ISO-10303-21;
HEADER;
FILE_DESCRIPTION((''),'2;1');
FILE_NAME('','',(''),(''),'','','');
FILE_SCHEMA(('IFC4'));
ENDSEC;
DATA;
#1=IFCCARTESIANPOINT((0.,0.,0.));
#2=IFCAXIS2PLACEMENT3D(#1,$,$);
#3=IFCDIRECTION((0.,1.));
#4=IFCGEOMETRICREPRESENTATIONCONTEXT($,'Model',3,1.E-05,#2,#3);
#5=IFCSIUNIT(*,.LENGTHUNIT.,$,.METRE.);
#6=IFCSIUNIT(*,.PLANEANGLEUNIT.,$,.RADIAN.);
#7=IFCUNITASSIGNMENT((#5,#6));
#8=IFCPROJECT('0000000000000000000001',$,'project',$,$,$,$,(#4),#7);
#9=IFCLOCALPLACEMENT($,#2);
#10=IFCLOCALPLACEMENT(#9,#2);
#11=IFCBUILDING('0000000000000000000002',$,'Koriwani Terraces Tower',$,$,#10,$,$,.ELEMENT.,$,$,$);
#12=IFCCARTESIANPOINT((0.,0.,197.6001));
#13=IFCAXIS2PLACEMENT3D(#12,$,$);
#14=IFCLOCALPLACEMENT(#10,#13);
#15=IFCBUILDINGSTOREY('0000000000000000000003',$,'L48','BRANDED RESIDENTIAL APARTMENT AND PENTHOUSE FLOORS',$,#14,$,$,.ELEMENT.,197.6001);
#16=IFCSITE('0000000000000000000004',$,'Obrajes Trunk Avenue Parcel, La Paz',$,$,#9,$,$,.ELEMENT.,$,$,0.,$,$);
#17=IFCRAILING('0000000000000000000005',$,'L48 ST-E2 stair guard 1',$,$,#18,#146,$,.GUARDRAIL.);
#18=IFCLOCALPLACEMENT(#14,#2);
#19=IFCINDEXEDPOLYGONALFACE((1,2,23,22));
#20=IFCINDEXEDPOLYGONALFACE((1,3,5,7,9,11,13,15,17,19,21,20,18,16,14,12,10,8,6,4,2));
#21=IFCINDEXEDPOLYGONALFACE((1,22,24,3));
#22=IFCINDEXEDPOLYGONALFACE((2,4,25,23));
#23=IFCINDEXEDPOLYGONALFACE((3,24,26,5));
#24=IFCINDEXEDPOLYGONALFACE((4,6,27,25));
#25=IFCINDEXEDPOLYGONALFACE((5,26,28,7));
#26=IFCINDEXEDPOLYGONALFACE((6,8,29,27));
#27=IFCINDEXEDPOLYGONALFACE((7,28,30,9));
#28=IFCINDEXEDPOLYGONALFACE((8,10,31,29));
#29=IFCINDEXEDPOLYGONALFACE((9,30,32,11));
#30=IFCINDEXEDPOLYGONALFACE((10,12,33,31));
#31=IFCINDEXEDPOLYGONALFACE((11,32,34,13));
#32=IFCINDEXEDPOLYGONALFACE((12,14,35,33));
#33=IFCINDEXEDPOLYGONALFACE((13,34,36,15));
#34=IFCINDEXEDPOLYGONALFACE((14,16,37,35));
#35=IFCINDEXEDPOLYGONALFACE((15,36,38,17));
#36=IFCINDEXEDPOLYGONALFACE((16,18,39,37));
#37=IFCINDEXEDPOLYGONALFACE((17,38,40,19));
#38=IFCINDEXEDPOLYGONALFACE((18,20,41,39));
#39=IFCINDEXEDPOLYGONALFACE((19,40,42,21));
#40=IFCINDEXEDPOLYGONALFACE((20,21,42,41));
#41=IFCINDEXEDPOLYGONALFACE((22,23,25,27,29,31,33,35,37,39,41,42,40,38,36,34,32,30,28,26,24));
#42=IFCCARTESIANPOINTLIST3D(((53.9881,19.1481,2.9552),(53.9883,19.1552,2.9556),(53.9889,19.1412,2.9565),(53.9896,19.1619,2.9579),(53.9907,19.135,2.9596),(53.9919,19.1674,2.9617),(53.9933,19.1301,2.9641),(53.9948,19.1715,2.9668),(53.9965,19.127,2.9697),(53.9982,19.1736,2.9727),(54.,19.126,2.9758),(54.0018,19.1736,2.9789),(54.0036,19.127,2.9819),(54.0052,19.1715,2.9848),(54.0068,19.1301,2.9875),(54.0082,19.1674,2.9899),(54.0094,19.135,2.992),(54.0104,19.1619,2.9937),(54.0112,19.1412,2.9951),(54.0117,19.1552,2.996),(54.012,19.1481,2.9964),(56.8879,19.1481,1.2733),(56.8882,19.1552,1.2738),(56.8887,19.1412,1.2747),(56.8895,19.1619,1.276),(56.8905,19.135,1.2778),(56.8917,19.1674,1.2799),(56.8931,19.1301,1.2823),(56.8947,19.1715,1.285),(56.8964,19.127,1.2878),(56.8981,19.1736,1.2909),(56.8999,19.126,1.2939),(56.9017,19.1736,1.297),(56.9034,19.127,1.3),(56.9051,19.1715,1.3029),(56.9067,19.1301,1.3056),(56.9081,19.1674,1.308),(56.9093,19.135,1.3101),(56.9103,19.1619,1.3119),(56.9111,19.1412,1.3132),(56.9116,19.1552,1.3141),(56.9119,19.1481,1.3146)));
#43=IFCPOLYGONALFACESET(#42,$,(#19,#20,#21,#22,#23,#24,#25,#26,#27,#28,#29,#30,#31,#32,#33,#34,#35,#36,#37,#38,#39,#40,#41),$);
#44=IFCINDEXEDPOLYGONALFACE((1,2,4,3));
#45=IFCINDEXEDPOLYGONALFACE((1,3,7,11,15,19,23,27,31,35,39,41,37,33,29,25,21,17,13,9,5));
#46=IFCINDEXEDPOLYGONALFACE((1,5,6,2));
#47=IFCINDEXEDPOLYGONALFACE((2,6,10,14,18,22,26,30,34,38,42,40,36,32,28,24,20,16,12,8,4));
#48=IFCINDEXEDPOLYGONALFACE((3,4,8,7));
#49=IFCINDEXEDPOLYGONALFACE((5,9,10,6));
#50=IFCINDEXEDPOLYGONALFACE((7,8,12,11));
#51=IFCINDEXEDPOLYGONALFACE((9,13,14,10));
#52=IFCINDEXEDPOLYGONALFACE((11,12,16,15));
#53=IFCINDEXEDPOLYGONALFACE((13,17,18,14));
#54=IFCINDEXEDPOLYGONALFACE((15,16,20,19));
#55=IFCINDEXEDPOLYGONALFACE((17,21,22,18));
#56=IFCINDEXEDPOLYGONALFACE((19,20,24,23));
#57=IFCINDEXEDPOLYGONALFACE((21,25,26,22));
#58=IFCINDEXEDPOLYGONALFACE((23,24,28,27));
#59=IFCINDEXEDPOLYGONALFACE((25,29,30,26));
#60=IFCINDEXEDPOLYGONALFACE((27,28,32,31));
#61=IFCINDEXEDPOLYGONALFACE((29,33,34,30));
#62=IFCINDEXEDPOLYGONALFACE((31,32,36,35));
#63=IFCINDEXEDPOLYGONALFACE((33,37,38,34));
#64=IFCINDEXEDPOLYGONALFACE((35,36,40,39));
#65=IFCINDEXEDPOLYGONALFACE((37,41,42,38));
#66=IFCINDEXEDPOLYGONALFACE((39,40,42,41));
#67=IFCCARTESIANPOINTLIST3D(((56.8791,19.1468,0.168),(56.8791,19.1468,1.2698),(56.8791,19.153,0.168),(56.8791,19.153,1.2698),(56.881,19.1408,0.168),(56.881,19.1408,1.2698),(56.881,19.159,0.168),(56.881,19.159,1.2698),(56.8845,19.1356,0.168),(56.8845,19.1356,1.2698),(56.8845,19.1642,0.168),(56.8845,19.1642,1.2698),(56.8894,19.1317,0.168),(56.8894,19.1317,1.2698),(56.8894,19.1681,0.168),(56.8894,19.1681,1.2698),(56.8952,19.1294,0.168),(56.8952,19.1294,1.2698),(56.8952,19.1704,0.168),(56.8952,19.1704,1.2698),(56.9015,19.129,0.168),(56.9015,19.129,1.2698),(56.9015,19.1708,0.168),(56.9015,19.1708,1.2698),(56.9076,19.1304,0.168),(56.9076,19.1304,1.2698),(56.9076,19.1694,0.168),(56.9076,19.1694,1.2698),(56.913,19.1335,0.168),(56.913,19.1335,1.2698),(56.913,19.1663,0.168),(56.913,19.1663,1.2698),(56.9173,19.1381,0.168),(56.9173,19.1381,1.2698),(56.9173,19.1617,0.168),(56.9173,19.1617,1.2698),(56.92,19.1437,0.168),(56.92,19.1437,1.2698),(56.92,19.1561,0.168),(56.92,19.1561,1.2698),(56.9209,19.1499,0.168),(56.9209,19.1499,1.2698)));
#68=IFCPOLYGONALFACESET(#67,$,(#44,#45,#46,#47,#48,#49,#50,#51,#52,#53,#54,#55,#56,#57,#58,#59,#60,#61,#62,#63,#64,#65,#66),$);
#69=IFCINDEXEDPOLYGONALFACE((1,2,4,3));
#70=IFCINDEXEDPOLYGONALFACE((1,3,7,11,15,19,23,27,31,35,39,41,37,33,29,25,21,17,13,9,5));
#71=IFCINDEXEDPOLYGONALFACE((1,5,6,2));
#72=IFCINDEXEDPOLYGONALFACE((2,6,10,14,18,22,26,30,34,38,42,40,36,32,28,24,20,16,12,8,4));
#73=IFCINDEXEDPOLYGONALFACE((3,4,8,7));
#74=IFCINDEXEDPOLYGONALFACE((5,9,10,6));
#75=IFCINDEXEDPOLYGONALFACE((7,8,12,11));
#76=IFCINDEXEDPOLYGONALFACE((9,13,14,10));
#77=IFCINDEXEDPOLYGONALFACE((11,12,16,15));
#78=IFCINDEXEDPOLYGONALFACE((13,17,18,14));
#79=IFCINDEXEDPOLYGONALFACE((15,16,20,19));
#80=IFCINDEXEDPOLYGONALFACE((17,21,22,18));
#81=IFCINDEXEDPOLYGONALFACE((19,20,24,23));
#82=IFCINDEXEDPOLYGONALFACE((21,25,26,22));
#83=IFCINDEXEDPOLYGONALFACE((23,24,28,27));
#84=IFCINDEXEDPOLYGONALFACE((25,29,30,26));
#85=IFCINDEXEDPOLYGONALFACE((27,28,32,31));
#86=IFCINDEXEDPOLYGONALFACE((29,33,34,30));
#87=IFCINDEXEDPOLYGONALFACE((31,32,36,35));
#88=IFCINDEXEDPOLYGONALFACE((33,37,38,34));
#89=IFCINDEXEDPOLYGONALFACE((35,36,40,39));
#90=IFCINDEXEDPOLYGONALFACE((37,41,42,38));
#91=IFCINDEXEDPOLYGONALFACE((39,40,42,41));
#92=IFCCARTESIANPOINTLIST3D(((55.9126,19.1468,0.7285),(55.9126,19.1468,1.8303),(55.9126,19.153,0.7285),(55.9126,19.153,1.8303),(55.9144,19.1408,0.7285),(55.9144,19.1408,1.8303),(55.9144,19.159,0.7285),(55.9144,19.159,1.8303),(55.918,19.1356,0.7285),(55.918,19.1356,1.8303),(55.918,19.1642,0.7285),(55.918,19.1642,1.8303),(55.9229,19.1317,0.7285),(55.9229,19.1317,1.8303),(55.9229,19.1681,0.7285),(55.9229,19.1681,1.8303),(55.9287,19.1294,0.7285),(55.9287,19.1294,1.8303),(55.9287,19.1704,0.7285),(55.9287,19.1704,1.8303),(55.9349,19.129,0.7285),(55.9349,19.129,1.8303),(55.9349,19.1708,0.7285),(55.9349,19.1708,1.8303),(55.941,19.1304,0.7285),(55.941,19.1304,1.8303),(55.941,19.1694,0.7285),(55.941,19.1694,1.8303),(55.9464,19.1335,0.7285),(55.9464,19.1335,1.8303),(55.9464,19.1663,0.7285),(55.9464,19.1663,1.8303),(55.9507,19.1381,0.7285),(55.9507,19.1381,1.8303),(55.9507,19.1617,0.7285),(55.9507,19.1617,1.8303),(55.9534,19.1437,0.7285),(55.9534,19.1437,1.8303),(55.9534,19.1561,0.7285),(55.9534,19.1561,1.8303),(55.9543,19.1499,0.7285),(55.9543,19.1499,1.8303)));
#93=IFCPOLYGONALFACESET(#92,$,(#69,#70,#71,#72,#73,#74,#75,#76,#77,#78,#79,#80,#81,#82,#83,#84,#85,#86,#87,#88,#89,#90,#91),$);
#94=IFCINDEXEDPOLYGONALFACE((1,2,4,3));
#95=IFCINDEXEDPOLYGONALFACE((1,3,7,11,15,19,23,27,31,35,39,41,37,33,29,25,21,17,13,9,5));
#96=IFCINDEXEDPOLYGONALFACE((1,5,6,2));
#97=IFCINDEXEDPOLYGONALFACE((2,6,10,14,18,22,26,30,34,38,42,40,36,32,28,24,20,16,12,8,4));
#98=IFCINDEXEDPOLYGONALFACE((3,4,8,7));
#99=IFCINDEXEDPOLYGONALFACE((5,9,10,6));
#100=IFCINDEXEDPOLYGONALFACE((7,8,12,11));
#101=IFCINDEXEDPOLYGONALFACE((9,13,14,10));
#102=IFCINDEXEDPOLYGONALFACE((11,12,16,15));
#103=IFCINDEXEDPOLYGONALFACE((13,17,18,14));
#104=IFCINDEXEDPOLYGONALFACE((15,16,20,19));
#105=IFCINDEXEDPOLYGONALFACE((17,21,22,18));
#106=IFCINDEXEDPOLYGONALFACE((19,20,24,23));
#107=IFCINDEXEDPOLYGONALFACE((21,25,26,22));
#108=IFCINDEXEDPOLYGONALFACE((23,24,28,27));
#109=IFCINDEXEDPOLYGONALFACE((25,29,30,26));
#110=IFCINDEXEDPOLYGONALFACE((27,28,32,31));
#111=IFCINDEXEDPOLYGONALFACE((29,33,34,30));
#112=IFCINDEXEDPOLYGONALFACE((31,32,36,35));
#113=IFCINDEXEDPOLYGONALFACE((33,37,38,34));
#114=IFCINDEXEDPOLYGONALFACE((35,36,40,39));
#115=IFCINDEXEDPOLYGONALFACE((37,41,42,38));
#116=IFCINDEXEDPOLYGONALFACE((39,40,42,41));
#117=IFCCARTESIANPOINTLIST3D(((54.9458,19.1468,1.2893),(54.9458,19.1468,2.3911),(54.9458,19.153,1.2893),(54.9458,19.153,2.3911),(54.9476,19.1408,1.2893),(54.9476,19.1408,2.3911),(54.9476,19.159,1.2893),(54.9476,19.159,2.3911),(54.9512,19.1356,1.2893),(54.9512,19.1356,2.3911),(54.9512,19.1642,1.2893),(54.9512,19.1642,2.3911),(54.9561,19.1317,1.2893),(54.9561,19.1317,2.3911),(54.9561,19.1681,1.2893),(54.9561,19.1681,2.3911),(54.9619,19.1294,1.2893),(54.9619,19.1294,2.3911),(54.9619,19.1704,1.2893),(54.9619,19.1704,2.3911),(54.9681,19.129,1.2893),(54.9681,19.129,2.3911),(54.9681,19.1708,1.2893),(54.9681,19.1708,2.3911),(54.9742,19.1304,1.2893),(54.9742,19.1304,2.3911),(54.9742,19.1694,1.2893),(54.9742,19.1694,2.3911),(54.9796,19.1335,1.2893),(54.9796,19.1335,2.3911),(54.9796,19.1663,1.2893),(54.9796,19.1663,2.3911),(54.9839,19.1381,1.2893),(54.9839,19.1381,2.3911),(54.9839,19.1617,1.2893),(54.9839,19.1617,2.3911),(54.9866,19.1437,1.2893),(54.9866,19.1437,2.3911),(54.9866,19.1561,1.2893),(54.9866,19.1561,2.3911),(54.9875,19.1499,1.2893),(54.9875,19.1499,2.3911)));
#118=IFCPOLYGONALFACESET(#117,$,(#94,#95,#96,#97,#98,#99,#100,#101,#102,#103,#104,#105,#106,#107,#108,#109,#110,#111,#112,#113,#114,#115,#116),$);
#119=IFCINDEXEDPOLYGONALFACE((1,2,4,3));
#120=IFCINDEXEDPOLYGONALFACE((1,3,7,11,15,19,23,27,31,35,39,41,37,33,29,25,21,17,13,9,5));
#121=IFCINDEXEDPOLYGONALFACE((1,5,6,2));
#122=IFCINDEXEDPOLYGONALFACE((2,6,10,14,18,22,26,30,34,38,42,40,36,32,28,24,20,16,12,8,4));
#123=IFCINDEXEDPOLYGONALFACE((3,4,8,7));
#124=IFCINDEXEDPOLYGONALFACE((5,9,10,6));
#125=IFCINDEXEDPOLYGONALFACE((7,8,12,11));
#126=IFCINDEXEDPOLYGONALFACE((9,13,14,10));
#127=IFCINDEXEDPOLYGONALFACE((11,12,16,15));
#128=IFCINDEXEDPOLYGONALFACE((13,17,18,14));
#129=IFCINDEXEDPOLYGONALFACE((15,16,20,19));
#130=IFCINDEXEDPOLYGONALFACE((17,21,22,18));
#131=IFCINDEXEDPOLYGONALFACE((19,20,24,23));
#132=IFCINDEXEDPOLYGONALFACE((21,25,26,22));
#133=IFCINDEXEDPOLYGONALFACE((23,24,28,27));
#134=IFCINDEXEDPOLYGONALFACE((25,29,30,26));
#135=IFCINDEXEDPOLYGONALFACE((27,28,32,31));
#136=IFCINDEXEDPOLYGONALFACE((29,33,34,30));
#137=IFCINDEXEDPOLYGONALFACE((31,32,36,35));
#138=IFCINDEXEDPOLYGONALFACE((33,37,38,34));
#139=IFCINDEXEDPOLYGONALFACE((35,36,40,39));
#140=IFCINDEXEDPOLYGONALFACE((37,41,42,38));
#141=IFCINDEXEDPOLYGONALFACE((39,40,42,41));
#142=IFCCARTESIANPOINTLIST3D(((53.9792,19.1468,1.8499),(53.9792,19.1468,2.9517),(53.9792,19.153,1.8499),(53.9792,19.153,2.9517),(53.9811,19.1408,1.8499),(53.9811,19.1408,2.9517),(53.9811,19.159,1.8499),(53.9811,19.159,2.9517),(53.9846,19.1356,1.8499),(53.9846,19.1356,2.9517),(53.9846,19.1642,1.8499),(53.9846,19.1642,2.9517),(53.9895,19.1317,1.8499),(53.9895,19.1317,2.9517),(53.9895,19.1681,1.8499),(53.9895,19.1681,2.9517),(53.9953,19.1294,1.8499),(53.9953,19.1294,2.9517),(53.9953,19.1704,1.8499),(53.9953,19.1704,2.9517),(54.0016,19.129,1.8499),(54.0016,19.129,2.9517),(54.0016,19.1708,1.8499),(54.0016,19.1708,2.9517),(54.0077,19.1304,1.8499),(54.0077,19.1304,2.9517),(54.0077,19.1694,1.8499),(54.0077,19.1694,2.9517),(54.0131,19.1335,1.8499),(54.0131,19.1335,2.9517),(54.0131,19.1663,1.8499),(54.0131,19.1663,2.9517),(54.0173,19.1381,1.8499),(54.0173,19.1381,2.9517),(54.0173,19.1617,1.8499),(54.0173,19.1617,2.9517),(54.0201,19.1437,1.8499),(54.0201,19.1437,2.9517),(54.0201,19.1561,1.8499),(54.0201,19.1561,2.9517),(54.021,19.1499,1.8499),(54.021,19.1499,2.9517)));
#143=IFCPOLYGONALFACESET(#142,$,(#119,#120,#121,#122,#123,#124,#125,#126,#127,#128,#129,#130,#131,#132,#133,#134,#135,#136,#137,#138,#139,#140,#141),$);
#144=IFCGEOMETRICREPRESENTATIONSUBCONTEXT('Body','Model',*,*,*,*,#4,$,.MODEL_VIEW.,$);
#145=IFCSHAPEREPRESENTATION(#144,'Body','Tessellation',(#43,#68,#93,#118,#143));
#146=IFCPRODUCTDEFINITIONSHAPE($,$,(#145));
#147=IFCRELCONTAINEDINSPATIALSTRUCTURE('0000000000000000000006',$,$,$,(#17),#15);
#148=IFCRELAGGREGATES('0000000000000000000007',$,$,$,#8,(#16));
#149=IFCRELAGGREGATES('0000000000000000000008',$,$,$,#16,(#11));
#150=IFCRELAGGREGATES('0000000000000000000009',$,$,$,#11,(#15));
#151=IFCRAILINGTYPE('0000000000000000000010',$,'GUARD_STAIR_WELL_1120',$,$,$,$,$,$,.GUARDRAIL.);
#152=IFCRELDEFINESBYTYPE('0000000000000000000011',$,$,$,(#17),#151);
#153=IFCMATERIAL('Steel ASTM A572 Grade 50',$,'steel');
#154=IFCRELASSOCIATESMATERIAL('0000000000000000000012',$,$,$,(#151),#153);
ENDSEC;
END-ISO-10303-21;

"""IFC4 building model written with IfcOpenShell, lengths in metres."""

from ifc_helpers import new_model, si_unit, direction, frame, origin, origin_2d, place, context, subcontext, project, spatial, circle, extrude, material, type_object, element, save


model = new_model("IFC4")

# Units and contexts
model_context = context("Model", 3, precision=1e-05, world=origin(), true_north=direction((0.0, 1.0)))
body_context = subcontext(model_context, "Body", "Model", "MODEL_VIEW")
ifc_project = project(units=[si_unit("LENGTHUNIT", "METRE"), si_unit("PLANEANGLEUNIT", "RADIAN")], contexts=[model_context])

# Site, building, storey
site_placement = place(None, origin())
site = spatial("IfcSite", under=ifc_project, at=site_placement, Name="Obrajes Trunk Avenue Parcel, La Paz", CompositionType="ELEMENT", RefElevation=0.0)
building_placement = place(site_placement, origin())
building = spatial("IfcBuilding", under=site, at=building_placement, Name="Koriwani Terraces Tower", CompositionType="ELEMENT")
storey_placement = place(building_placement, frame((0.0, 0.0, 197.6001)))
storey = spatial("IfcBuildingStorey", under=building, at=storey_placement, Name="L48", Description="BRANDED RESIDENTIAL APARTMENT AND PENTHOUSE FLOORS", CompositionType="ELEMENT", Elevation=197.6001)

# Shared definitions
ifc_material_1 = material(Name="Steel ASTM A572 Grade 50", Category="steel")

# Railing
railing_type_1 = type_object("IfcRailingType", Name="GUARD_STAIR_WELL_1120", PredefinedType="GUARDRAIL", material=ifc_material_1)
railing_1_placement = place(storey_placement, frame((56.8999, 19.1499, 0.168)))
element("IfcRailing", 1, at=railing_1_placement, inside=storey, type_object=railing_type_1, Name="L48 ST-E2 stair guard 1", PredefinedType="GUARDRAIL", context=body_context, shape_type="SweptSolid", body=[
    extrude(circle(Radius=0.0239, at=origin_2d()), frame((0.0, 0.0, 1.126), z_axis=(-0.865039, 0.0, 0.501705), x_axis=(0.0, -1.0, 0.0)), (0.0, 0.0, 1.0), 3.3523),
    extrude(circle(Radius=0.021, at=origin_2d()), origin(), (0.0, 0.0, 1.0), 1.1018),
    extrude(circle(Radius=0.021, at=origin_2d()), frame((-0.9666, 0.0, 0.5605)), (0.0, 0.0, 1.0), 1.1018),
    extrude(circle(Radius=0.021, at=origin_2d()), frame((-1.9333, 0.0, 1.1213)), (0.0, 0.0, 1.0), 1.1018),
    extrude(circle(Radius=0.021, at=origin_2d()), frame((-2.8999, 0.0, 1.6819)), (0.0, 0.0, 1.0), 1.1018),
])

save(model, "model.ifc")
